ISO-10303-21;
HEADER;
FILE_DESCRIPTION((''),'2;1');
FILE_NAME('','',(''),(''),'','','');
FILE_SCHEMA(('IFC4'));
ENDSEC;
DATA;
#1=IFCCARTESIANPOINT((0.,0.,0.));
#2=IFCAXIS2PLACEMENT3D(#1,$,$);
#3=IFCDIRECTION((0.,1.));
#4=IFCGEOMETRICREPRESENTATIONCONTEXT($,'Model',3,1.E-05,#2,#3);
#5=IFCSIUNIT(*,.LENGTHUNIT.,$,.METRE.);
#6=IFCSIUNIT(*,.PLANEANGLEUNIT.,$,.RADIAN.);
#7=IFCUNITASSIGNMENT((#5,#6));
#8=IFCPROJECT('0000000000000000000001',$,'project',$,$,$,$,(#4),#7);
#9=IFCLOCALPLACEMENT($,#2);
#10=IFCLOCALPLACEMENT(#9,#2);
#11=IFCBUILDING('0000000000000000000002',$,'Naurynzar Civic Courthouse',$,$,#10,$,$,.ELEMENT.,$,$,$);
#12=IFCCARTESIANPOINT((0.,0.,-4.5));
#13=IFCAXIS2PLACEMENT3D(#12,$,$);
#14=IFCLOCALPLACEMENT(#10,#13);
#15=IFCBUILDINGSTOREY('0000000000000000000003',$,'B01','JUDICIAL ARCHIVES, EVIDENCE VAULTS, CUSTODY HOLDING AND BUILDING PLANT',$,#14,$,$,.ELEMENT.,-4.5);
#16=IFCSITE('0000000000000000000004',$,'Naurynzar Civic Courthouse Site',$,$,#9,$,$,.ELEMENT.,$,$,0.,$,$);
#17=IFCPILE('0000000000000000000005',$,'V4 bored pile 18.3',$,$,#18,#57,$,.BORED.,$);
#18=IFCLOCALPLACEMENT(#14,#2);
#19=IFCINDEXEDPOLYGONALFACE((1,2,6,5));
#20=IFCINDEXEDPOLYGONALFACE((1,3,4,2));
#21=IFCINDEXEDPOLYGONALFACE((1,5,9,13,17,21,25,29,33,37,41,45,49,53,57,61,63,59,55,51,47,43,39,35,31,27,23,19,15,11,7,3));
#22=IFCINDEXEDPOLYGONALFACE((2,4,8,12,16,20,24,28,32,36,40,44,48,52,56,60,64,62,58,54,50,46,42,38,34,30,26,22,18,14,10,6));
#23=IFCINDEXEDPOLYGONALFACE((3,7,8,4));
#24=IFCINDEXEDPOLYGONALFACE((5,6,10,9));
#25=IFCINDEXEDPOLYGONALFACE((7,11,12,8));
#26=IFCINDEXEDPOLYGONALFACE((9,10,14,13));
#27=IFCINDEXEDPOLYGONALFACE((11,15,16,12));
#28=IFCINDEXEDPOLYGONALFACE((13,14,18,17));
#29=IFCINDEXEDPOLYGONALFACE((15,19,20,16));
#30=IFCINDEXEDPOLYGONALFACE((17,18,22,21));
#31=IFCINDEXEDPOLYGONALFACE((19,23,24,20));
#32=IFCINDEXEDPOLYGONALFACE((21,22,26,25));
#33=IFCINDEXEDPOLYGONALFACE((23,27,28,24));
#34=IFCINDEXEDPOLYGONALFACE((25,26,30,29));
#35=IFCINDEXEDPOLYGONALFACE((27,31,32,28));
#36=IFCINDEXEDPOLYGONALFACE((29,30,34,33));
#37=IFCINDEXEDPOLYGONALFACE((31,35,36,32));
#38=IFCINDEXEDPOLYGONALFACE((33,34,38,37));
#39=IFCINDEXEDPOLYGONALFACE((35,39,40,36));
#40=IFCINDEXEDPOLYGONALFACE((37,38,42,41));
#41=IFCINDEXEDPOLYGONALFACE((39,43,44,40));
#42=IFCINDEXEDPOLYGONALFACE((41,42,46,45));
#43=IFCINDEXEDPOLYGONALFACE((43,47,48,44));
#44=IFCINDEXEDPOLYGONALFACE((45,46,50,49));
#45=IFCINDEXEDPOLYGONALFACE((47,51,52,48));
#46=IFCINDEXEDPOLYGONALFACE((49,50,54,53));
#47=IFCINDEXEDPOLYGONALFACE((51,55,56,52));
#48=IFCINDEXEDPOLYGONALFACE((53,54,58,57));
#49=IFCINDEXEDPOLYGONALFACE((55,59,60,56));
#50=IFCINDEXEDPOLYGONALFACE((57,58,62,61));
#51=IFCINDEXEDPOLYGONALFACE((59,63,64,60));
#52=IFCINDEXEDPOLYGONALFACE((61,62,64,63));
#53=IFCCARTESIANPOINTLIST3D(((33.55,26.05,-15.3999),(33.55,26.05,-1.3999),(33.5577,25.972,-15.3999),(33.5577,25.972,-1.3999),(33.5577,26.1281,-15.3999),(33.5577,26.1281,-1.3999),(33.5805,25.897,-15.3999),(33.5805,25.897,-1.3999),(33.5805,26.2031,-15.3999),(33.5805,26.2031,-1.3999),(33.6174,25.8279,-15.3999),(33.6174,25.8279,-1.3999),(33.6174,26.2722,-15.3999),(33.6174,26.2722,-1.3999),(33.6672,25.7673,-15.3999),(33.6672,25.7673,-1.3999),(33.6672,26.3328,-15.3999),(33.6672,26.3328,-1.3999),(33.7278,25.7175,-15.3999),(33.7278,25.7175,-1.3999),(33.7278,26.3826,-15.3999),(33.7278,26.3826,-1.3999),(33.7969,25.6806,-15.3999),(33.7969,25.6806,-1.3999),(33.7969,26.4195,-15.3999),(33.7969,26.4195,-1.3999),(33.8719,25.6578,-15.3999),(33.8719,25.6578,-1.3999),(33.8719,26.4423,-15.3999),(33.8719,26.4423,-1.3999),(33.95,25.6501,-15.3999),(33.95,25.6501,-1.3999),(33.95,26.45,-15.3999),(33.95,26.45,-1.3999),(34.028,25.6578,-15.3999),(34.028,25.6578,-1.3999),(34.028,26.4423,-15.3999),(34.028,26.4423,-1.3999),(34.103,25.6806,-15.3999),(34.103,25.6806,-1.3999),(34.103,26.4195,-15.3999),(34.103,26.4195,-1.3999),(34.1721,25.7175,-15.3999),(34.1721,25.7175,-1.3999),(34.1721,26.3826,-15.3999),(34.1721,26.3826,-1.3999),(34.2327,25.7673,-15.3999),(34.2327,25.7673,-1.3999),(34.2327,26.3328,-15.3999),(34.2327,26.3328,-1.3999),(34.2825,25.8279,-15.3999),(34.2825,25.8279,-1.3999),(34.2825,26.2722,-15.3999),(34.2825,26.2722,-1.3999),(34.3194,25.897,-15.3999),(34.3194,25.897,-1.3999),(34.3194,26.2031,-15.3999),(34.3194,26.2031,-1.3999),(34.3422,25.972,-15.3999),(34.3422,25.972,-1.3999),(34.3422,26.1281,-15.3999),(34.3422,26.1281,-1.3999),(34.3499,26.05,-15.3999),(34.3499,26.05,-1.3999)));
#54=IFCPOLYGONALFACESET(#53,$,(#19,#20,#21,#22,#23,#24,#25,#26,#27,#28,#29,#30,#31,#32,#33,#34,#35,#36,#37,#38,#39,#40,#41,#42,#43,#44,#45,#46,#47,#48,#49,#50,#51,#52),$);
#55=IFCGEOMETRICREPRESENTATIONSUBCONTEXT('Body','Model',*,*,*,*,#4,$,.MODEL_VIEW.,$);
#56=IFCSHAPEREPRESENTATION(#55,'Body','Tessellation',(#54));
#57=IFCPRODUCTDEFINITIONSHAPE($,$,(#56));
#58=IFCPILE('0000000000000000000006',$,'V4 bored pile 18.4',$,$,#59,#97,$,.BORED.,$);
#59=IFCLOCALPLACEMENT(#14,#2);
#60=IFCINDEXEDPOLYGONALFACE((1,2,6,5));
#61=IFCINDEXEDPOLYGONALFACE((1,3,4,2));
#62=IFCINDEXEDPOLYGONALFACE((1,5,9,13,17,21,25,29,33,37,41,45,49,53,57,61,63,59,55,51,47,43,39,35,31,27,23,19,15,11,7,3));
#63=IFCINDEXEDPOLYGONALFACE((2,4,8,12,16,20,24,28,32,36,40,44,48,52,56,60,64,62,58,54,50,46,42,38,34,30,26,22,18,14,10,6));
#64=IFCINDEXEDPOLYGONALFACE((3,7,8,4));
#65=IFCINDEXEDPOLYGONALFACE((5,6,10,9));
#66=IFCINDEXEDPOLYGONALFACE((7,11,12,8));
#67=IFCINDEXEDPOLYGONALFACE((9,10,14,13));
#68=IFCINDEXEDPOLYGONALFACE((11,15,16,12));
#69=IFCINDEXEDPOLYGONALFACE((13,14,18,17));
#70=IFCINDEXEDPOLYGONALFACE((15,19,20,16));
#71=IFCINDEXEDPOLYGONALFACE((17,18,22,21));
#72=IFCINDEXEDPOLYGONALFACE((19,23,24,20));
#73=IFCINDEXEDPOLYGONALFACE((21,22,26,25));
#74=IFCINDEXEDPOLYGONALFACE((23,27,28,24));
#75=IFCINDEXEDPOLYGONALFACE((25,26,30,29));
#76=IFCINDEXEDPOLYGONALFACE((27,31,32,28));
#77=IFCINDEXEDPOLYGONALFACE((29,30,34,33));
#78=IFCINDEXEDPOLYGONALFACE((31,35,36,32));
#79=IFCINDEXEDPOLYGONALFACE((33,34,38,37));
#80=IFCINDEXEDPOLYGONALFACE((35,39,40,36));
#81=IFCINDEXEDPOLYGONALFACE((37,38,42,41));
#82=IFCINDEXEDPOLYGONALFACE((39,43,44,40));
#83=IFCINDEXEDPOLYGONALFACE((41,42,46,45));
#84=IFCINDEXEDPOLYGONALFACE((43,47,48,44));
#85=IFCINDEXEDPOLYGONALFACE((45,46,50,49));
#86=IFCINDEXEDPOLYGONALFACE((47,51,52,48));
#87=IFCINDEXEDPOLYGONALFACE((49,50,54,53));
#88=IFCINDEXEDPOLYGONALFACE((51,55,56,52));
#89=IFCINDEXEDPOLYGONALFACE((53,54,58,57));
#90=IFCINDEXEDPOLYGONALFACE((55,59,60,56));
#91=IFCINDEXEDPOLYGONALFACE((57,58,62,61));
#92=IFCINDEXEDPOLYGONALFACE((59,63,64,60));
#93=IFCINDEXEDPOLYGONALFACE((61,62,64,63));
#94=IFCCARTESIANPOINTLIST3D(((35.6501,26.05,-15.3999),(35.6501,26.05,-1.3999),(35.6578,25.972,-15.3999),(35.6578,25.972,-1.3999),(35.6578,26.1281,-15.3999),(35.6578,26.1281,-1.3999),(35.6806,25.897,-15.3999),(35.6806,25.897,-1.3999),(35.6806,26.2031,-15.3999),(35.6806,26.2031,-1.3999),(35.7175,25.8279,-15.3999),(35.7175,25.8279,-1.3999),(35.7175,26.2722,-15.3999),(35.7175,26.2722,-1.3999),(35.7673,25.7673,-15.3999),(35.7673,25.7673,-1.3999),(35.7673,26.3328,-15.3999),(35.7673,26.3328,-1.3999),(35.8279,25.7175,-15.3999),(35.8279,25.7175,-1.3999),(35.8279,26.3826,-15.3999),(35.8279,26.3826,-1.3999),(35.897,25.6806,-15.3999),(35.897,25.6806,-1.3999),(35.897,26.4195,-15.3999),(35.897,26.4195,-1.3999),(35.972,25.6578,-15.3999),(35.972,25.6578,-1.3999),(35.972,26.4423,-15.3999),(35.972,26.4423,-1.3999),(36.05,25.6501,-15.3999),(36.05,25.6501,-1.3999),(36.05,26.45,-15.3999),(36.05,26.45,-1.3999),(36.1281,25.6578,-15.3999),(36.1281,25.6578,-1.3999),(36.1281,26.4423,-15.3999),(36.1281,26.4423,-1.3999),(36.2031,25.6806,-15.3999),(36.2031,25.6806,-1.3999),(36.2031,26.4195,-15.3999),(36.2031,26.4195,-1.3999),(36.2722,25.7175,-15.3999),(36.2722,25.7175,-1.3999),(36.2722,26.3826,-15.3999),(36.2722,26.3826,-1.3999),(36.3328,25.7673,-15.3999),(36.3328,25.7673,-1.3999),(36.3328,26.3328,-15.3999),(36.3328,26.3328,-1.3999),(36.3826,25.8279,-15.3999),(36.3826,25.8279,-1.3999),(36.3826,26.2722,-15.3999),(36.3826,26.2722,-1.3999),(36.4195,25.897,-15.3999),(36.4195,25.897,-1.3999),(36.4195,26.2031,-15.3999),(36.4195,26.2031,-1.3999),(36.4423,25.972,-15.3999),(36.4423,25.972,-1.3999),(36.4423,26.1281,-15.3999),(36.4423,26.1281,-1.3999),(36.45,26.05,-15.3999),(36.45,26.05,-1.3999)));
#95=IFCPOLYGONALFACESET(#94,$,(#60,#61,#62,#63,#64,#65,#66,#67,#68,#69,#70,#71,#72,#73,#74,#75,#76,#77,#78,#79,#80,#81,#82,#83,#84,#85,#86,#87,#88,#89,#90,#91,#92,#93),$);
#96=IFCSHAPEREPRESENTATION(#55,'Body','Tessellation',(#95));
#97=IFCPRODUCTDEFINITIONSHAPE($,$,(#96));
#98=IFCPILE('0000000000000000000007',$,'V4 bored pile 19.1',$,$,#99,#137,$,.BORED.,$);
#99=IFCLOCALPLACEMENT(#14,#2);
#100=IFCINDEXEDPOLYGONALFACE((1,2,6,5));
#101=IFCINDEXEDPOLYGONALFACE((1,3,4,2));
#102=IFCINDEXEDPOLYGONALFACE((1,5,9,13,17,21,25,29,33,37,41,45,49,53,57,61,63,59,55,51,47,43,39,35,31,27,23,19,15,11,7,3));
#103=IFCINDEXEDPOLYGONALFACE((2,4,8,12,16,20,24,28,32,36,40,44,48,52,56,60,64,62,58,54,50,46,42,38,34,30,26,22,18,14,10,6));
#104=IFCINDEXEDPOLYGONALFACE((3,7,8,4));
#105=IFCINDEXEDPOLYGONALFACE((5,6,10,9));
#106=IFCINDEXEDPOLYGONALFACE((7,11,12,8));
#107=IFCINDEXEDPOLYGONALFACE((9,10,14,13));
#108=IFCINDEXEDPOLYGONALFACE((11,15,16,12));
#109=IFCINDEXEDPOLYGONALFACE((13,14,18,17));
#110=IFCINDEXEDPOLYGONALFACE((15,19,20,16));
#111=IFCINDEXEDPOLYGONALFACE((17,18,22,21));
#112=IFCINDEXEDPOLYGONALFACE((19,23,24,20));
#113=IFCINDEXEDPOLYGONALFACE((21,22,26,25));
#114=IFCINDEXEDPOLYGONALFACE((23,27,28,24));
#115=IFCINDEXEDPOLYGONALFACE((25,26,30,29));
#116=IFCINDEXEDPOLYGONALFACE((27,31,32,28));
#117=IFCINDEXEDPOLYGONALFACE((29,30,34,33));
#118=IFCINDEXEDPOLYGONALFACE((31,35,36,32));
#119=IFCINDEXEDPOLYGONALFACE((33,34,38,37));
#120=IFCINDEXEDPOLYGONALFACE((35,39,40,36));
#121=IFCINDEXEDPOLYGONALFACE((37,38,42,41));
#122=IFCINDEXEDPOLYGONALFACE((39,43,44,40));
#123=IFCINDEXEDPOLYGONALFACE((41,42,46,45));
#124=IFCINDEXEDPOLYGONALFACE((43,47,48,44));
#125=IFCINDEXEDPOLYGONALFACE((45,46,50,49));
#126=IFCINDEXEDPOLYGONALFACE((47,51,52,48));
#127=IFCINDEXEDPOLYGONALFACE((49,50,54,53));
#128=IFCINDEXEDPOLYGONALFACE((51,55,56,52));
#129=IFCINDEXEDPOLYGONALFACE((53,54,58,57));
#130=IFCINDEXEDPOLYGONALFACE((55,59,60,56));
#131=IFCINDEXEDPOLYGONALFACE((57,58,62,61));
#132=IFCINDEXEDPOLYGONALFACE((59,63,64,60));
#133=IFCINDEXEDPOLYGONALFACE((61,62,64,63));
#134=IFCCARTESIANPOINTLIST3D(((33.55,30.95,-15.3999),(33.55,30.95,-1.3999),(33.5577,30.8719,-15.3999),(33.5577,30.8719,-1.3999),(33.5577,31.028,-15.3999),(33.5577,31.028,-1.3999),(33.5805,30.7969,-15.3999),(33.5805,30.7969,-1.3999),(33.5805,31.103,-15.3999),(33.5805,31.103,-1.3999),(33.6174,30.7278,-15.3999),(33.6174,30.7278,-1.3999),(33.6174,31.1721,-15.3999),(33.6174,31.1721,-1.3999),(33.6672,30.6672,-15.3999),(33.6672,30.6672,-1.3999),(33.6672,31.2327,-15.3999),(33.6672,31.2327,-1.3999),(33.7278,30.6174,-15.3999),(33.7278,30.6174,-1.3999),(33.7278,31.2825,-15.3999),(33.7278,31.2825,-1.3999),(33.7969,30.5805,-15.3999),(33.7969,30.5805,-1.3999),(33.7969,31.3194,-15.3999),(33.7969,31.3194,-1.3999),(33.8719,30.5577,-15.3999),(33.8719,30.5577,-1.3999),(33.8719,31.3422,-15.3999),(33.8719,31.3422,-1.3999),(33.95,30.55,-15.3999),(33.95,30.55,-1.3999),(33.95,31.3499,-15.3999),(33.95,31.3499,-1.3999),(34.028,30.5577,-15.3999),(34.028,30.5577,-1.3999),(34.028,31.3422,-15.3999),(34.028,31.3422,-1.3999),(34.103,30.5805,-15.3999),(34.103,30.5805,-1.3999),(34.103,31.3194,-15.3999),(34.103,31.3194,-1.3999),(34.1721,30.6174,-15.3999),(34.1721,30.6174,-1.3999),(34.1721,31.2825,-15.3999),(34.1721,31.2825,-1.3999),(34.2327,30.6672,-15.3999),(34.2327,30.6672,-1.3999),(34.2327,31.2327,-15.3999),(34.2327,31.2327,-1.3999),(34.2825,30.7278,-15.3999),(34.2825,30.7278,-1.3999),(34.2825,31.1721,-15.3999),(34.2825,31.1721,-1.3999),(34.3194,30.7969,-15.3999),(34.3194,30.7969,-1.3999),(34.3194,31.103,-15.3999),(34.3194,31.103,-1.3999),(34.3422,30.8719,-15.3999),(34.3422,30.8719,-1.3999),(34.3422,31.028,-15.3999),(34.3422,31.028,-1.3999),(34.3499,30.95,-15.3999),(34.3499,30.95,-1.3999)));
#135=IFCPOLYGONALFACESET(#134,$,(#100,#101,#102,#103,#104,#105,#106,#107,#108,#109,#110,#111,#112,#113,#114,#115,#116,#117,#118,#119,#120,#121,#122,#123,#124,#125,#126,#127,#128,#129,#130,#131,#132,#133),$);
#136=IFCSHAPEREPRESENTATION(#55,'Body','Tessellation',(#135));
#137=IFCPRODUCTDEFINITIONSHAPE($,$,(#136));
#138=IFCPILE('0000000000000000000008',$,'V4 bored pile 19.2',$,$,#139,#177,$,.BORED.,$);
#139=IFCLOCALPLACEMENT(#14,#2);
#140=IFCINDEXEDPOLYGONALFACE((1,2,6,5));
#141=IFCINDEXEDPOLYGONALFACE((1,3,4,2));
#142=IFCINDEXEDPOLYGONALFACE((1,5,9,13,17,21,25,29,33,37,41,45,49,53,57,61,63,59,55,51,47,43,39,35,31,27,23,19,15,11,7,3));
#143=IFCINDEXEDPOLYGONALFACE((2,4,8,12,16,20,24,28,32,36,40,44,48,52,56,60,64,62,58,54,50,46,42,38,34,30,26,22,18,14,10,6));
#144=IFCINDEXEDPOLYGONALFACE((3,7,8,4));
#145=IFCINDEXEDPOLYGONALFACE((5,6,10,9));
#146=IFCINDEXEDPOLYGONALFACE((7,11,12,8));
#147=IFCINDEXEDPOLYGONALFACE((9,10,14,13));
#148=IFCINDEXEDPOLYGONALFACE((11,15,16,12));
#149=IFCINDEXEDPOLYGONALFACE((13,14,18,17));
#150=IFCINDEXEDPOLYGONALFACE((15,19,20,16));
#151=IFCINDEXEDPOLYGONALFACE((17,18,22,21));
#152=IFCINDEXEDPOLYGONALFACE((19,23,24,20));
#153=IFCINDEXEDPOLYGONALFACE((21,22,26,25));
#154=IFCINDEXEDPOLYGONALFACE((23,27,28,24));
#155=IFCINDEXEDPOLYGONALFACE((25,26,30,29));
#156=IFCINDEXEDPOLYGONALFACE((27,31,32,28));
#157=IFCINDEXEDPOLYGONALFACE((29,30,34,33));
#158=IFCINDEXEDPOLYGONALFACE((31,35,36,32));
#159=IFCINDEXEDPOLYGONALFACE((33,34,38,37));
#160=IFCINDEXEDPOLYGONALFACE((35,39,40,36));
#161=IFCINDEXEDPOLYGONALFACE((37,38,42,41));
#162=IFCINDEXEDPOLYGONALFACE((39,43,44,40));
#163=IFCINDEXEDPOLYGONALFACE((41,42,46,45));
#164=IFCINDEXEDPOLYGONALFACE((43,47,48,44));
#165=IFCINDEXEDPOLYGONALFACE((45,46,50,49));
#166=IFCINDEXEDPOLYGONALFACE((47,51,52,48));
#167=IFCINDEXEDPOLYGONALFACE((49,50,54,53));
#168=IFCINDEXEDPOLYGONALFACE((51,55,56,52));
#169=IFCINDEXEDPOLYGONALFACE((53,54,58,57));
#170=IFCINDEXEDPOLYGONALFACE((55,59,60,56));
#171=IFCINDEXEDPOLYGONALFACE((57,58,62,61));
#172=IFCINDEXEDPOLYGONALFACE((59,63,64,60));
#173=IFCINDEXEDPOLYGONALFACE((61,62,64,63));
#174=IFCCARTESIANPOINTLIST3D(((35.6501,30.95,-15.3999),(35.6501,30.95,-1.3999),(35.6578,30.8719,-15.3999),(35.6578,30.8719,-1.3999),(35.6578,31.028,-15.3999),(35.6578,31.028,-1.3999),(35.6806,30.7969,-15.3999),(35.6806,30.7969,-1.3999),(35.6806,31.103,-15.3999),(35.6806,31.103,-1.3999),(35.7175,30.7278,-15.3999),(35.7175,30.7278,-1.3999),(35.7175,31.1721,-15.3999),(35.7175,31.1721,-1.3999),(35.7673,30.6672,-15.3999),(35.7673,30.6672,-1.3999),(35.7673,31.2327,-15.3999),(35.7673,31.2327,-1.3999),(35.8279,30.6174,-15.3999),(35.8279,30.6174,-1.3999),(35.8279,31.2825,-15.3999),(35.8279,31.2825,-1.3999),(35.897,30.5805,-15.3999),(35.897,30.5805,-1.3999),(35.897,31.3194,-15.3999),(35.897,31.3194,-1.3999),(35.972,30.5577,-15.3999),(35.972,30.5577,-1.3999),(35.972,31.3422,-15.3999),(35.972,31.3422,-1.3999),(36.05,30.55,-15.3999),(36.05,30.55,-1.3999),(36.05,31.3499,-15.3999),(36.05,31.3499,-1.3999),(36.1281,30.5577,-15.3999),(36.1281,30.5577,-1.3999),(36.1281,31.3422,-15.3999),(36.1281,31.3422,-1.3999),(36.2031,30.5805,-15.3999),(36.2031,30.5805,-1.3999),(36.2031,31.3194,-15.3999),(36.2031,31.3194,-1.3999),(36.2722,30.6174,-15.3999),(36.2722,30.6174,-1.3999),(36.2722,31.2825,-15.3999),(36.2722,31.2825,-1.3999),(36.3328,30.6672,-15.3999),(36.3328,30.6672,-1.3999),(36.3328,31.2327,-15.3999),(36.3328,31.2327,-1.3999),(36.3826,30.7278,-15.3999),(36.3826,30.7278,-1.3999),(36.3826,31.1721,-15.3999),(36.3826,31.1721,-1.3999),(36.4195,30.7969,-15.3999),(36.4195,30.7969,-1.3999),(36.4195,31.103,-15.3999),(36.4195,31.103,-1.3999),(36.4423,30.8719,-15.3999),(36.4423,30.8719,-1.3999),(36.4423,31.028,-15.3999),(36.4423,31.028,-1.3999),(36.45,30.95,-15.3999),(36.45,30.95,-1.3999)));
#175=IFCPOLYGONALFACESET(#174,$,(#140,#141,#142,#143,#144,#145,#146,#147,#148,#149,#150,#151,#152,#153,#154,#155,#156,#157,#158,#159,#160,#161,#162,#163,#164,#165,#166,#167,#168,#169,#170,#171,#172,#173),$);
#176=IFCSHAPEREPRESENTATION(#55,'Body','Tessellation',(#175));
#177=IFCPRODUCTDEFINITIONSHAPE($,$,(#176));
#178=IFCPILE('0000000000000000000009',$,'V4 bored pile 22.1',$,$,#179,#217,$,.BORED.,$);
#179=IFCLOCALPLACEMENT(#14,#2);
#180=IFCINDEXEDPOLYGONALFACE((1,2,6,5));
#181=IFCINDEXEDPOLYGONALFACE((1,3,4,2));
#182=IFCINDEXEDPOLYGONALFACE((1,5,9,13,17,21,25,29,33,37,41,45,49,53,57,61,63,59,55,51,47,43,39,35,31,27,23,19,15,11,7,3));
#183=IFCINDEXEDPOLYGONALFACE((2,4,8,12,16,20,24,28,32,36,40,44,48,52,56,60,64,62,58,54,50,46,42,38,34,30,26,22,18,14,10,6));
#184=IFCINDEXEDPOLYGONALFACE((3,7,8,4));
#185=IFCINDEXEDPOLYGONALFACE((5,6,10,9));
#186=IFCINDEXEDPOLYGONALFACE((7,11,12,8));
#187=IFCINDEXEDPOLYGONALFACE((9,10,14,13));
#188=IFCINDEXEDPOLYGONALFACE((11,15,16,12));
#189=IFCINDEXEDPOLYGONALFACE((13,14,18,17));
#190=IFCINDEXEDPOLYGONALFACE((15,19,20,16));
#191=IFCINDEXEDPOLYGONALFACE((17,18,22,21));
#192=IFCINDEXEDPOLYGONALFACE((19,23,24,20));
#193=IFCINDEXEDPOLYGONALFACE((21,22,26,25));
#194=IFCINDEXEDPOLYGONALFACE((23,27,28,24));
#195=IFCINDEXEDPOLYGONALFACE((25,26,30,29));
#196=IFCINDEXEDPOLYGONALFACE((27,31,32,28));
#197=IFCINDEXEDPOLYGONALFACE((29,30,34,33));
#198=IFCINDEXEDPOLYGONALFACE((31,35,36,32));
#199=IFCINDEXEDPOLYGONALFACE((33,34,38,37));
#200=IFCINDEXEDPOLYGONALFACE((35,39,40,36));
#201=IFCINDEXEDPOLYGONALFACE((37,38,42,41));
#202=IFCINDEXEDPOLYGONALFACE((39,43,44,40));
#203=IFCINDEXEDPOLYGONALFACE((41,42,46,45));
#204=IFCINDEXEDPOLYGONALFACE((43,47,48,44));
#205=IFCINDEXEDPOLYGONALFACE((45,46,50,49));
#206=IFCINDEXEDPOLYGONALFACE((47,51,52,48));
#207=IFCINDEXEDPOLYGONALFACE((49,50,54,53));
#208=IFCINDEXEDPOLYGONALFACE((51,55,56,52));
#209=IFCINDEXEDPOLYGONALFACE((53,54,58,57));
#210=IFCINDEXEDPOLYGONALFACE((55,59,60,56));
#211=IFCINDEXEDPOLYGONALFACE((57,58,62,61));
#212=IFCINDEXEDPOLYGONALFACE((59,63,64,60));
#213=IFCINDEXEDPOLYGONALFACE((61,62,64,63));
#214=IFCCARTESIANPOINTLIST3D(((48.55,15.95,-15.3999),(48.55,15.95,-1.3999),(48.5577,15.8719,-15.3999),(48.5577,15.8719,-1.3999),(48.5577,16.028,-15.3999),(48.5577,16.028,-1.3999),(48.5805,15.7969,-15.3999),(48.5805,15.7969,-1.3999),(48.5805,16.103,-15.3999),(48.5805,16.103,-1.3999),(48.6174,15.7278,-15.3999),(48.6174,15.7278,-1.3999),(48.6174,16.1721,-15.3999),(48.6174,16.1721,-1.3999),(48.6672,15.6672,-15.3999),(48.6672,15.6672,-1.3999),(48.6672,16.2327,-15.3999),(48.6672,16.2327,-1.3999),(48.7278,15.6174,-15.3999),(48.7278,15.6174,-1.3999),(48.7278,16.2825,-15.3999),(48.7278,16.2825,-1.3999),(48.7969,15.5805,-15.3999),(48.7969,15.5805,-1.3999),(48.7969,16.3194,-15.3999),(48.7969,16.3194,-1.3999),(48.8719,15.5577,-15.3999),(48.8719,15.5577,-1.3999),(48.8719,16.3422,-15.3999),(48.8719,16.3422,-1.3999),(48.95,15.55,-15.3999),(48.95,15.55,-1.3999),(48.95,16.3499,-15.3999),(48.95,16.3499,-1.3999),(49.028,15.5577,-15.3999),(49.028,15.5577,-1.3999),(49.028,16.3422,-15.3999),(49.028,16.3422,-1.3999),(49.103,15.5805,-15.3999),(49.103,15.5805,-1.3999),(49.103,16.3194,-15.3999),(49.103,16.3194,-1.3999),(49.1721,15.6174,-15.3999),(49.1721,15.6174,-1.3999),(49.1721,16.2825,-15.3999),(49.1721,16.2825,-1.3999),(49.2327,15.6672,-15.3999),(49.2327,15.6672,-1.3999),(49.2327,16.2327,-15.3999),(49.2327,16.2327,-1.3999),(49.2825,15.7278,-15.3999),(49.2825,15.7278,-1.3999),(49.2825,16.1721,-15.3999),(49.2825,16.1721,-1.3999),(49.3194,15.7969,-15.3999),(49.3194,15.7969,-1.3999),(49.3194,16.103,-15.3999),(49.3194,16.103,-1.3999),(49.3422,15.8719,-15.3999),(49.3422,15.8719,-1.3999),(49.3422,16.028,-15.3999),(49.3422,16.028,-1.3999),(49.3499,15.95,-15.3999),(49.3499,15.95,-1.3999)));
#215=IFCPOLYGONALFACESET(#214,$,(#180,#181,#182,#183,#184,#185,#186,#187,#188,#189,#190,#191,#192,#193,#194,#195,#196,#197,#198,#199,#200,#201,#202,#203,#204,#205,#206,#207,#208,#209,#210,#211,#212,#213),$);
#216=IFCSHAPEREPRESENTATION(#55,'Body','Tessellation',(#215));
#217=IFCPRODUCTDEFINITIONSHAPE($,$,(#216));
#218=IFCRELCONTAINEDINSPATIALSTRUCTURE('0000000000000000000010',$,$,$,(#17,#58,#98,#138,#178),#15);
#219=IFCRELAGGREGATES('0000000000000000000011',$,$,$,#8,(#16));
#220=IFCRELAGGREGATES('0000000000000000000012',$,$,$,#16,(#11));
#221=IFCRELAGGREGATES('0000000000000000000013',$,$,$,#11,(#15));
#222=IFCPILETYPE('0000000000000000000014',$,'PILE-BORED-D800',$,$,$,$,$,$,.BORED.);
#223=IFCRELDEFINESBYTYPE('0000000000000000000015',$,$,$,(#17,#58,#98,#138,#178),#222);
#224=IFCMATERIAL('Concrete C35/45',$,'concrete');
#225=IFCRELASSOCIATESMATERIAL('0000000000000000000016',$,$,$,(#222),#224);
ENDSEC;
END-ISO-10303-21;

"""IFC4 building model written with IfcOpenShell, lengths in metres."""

from ifc_helpers import new_model, si_unit, direction, frame, origin, origin_2d, place, context, subcontext, project, spatial, circle, extrude, material, material_profile, profile_set, type_object, element, save


model = new_model("IFC4")

# Units and contexts
model_context = context("Model", 3, precision=1e-05, world=origin(), true_north=direction((0.0, 1.0)))
body_context = subcontext(model_context, "Body", "Model", "MODEL_VIEW")
ifc_project = project(units=[si_unit("LENGTHUNIT", "METRE"), si_unit("PLANEANGLEUNIT", "RADIAN")], contexts=[model_context])

# Site, building, storey
site_placement = place(None, origin())
site = spatial("IfcSite", under=ifc_project, at=site_placement, Name="Naurynzar Civic Courthouse Site", CompositionType="ELEMENT", RefElevation=0.0)
building_placement = place(site_placement, origin())
building = spatial("IfcBuilding", under=site, at=building_placement, Name="Naurynzar Civic Courthouse", CompositionType="ELEMENT")
storey_placement = place(building_placement, frame((0.0, 0.0, -4.5)))
storey = spatial("IfcBuildingStorey", under=building, at=storey_placement, Name="B01", Description="JUDICIAL ARCHIVES, EVIDENCE VAULTS, CUSTODY HOLDING AND BUILDING PLANT", CompositionType="ELEMENT", Elevation=-4.5)

# Piles
ifc_material_1 = material(Name="Concrete C35/45", Category="concrete")
ifc_material_profile_1 = material_profile(ifc_material_1, circle(Radius=0.3999, at=origin_2d()), Name="PILE D800")
ifc_profile_set_1 = profile_set([ifc_material_profile_1], Name="Concrete C35/45")
pile_type = type_object("IfcPileType", Name="PILE-BORED-D800", PredefinedType="BORED", material=ifc_profile_set_1)
for number, where, z_axis, x_axis, name in (
    (1, (33.95, 26.05, -1.3999), (0.0, 0.0, -1.0), (1.0, 0.0, 0.0), "V4 bored pile 18.3"),
    (2, (36.05, 26.05, -1.3999), (0.0, 0.0, -1.0), (1.0, 0.0, 0.0), "V4 bored pile 18.4"),
    (3, (33.95, 30.95, -1.3999), (0.0, 0.0, -1.0), (1.0, 0.0, 0.0), "V4 bored pile 19.1"),
    (4, (36.05, 30.95, -1.3999), (0.0, 0.0, -1.0), (1.0, 0.0, 0.0), "V4 bored pile 19.2"),
    (5, (48.95, 15.95, -1.3999), (0.0, 0.0, -1.0), (1.0, 0.0, 0.0), "V4 bored pile 22.1"),
):
    element("IfcPile", number, at=place(storey_placement, frame(where, z_axis=z_axis, x_axis=x_axis)), inside=storey, type_object=pile_type, Name=name, PredefinedType="BORED", context=body_context, shape_type="SweptSolid", body=[
        extrude(circle(Radius=0.3999, at=origin_2d()), origin(), (0.0, 0.0, 1.0), 14.0),
    ])

save(model, "model.ifc")
